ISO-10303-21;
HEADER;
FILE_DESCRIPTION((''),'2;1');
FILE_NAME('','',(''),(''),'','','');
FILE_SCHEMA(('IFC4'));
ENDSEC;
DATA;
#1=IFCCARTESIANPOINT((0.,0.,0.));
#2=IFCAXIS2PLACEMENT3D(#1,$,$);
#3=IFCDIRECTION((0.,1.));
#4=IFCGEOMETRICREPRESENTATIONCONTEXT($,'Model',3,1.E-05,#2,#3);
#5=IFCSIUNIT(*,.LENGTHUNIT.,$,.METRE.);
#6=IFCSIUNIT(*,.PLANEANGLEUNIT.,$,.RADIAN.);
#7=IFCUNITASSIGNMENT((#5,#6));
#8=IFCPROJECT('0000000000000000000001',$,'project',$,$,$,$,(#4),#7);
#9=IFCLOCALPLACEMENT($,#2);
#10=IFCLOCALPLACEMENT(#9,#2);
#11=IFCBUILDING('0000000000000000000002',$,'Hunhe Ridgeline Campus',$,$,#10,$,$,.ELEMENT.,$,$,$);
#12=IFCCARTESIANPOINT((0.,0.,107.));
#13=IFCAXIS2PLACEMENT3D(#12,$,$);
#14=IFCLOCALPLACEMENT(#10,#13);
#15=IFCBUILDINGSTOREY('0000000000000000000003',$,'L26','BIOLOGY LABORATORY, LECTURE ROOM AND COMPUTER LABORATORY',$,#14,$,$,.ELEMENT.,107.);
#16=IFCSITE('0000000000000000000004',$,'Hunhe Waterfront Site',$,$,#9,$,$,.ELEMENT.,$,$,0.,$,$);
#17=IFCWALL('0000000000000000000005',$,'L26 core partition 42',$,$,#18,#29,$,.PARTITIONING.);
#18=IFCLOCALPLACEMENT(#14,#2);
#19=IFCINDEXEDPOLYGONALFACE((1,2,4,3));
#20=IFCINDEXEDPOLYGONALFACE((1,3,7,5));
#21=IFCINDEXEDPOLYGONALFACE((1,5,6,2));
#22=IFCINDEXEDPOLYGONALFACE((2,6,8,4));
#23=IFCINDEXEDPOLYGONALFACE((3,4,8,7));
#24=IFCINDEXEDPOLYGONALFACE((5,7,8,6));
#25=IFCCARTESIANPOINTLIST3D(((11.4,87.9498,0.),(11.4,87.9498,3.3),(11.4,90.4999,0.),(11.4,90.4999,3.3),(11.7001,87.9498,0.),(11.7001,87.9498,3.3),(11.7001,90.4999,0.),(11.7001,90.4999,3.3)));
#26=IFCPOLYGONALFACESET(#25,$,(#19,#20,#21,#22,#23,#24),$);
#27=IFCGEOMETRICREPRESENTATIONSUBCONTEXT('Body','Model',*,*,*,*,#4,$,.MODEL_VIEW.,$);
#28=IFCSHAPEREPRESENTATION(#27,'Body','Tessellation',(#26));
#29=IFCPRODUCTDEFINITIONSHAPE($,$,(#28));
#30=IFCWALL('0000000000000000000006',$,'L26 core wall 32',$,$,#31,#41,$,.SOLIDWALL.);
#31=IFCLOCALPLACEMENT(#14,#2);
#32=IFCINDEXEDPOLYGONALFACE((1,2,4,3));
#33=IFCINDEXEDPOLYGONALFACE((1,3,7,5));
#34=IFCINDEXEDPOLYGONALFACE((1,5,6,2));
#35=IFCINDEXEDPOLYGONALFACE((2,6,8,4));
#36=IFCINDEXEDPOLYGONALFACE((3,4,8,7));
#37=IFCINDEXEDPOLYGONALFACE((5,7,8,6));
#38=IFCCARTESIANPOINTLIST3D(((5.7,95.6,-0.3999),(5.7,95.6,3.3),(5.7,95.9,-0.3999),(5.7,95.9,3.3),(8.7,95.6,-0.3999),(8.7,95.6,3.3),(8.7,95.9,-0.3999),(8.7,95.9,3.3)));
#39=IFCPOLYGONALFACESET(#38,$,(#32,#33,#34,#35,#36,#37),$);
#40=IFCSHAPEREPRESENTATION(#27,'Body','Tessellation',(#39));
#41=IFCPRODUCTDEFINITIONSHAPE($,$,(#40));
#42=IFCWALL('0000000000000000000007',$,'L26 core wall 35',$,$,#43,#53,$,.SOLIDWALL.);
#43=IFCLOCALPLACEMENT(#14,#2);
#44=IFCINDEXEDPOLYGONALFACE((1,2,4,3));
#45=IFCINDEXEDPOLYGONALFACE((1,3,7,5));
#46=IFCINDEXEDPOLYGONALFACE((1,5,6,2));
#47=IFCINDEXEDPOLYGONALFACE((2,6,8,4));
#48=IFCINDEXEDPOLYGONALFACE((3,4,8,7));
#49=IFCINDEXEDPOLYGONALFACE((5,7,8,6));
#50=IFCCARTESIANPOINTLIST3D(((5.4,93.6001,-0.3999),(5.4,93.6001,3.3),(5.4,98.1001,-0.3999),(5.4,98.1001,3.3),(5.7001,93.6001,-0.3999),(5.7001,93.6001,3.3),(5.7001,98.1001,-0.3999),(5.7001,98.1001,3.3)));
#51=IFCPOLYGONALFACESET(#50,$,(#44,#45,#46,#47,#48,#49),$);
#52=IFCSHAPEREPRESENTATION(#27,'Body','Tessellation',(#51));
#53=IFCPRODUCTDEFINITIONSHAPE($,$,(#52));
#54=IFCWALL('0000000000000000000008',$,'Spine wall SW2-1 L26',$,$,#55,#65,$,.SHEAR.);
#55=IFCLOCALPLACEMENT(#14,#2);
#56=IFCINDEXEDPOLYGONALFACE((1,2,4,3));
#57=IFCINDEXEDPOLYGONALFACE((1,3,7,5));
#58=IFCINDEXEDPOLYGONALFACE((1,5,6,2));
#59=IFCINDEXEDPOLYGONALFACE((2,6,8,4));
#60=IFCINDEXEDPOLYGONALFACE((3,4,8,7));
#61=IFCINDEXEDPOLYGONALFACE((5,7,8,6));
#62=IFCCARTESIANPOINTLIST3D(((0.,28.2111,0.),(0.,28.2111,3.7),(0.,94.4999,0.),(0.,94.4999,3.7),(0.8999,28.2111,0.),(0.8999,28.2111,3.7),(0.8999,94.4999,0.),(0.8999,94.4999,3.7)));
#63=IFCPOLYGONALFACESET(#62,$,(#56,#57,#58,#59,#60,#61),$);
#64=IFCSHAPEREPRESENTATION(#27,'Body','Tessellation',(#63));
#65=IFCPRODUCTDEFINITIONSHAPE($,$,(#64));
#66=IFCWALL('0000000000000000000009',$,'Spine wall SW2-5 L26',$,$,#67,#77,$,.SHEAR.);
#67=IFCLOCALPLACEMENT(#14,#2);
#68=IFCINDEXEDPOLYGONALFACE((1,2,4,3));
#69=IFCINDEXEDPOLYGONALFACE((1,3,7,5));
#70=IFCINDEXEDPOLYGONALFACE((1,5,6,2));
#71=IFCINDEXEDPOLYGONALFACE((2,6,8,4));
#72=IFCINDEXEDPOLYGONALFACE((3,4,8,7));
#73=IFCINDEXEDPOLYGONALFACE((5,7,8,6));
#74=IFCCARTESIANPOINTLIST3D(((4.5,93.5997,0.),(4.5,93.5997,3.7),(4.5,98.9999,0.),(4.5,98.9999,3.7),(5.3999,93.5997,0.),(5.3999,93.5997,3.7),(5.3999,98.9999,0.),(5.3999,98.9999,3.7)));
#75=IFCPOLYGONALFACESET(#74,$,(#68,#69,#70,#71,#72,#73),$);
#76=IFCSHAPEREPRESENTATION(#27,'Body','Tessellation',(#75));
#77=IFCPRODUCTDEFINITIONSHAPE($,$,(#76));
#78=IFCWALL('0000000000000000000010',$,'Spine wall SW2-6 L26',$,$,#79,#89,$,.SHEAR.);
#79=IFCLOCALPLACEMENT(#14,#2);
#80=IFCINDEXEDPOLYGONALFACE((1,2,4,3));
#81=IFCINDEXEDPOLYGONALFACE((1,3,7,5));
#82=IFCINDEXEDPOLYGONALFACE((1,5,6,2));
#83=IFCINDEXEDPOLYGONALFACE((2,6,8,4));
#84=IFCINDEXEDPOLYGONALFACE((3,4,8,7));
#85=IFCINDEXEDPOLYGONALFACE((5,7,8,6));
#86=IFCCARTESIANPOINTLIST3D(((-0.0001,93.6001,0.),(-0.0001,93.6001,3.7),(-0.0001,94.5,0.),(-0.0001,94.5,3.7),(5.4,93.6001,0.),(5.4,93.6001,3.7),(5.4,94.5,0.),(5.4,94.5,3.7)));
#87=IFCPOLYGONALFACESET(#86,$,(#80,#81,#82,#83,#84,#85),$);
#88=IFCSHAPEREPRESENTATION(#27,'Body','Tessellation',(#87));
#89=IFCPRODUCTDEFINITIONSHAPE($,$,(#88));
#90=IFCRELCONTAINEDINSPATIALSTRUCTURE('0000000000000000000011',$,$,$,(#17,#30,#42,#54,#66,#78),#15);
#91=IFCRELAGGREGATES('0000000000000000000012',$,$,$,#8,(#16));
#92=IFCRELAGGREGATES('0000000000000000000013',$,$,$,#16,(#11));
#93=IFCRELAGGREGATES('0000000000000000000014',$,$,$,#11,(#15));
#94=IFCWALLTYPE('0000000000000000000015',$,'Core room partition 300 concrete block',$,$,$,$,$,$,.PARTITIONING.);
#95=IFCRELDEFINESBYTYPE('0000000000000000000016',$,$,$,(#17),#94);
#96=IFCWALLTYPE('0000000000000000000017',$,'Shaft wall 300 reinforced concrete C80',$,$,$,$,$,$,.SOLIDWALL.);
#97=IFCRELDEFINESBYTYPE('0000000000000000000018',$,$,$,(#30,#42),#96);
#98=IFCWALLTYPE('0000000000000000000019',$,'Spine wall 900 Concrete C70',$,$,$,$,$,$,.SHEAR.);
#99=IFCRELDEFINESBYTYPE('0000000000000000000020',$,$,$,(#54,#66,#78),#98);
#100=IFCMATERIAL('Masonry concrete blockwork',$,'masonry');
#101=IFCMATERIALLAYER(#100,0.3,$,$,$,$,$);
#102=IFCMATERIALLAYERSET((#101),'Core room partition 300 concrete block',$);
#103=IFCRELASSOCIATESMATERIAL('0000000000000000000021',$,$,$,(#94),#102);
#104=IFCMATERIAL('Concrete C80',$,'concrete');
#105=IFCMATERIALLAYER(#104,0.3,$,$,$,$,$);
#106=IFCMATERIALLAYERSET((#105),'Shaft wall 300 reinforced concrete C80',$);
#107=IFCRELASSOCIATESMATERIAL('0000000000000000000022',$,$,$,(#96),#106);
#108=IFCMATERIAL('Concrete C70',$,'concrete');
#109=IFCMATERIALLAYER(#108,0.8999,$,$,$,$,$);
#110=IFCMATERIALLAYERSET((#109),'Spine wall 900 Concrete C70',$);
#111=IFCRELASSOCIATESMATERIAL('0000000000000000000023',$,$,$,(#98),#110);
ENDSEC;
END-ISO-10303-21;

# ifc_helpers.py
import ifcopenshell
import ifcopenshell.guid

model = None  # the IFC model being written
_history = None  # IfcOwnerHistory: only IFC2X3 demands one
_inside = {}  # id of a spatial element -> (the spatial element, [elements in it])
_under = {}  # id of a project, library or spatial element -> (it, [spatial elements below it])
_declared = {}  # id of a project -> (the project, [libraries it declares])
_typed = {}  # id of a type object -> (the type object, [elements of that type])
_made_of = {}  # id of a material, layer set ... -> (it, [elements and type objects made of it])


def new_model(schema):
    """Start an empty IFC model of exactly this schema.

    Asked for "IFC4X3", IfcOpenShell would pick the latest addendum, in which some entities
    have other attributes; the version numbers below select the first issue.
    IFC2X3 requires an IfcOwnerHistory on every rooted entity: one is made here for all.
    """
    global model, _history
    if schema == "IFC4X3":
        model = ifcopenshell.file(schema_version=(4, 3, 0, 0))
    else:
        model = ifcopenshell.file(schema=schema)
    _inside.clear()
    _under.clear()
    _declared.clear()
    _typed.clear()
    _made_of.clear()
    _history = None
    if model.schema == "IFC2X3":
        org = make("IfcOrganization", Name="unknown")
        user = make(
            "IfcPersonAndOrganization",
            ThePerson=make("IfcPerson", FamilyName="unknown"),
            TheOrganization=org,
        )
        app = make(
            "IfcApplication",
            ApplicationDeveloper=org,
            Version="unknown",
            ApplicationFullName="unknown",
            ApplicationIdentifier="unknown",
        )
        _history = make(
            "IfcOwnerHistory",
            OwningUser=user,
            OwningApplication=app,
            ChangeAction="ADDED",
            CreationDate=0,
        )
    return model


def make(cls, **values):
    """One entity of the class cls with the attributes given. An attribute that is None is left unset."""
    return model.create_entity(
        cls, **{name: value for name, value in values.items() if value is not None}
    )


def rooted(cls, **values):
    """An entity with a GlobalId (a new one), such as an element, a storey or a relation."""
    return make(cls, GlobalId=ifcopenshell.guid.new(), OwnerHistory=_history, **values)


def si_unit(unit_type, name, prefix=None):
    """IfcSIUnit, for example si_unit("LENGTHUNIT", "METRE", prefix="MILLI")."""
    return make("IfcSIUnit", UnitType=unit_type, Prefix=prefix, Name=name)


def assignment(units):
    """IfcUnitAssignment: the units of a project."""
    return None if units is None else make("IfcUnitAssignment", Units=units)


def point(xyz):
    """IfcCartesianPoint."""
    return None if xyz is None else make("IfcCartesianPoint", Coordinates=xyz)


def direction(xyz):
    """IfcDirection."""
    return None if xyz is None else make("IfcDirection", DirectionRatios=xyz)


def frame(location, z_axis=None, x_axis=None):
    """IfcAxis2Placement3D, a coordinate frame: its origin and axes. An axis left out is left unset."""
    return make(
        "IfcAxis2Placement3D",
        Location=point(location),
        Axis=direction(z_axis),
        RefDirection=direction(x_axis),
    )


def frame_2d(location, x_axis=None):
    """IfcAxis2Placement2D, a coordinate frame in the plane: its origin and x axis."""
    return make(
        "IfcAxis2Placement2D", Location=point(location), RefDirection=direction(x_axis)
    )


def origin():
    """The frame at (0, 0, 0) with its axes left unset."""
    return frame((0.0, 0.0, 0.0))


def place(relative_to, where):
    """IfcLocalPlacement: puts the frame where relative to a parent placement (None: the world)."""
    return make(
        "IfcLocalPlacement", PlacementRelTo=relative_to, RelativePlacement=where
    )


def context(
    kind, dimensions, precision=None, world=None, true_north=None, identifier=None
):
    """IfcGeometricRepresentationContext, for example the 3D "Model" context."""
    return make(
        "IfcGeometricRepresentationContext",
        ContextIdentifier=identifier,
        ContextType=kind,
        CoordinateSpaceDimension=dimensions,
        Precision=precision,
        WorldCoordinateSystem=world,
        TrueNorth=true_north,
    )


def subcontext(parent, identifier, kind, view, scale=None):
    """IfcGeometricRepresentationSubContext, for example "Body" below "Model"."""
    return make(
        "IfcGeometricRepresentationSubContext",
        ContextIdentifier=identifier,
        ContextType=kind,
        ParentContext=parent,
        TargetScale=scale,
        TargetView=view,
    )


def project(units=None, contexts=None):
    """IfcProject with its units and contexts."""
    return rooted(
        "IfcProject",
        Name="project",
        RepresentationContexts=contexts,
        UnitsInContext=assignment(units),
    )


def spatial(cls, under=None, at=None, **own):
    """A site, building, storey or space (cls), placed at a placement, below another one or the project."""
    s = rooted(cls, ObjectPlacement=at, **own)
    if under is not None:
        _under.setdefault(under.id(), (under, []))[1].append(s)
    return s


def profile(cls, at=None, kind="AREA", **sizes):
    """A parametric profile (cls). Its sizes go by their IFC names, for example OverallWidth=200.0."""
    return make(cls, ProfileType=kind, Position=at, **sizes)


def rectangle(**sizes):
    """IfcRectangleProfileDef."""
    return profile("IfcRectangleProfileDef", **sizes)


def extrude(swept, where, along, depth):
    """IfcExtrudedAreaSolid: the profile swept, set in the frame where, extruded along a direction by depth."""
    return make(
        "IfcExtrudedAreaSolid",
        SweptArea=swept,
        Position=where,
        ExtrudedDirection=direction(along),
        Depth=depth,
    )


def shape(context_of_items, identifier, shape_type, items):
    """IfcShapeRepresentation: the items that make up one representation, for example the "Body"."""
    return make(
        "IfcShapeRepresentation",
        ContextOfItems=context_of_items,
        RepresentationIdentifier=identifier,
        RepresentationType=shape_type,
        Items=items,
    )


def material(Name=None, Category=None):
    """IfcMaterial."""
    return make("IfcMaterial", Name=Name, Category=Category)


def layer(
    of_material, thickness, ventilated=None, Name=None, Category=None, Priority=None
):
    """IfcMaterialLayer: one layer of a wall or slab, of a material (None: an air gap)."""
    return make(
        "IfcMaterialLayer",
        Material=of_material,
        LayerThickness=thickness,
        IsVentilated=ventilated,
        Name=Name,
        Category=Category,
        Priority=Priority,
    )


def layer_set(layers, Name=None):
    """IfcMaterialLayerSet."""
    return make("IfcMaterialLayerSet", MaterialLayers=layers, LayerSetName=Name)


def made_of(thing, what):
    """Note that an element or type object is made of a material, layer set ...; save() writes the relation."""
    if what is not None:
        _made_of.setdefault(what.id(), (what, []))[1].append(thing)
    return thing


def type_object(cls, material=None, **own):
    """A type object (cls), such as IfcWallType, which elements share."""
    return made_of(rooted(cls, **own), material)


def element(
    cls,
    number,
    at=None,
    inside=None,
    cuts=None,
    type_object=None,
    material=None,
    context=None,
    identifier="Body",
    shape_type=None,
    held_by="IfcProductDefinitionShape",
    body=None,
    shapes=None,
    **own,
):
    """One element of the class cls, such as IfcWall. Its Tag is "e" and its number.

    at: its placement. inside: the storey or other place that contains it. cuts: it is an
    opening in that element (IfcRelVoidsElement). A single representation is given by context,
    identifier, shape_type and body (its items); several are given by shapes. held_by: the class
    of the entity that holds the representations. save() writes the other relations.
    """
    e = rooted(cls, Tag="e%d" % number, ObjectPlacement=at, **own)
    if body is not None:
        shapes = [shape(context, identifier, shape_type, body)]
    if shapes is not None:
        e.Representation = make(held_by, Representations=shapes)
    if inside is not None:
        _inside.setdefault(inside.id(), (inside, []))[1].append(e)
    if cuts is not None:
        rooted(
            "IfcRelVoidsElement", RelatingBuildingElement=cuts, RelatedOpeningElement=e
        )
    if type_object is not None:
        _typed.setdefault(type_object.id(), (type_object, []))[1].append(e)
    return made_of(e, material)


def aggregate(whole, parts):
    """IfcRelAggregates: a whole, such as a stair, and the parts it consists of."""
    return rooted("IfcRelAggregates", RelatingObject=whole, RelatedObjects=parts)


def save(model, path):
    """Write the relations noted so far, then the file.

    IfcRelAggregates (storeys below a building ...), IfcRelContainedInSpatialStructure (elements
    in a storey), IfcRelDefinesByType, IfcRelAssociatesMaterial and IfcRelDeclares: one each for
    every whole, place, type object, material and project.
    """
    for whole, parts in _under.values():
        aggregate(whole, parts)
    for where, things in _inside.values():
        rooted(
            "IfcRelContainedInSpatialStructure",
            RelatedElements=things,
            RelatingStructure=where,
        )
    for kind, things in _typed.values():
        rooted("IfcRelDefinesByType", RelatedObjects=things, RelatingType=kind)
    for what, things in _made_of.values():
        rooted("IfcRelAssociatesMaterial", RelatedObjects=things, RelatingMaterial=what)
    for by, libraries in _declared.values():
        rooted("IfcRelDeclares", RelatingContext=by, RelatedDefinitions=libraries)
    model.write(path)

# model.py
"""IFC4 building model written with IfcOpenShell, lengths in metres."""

from ifc_helpers import new_model, si_unit, direction, frame, frame_2d, origin, place, context, subcontext, project, spatial, rectangle, extrude, material, layer, layer_set, type_object, element, save


model = new_model("IFC4")

# Units and contexts
model_context = context("Model", 3, precision=1e-05, world=origin(), true_north=direction((0.0, 1.0)))
body_context = subcontext(model_context, "Body", "Model", "MODEL_VIEW")
ifc_project = project(units=[si_unit("LENGTHUNIT", "METRE"), si_unit("PLANEANGLEUNIT", "RADIAN")], contexts=[model_context])

# Site, building, storey
site_placement = place(None, origin())
site = spatial("IfcSite", under=ifc_project, at=site_placement, Name="Hunhe Waterfront Site", CompositionType="ELEMENT", RefElevation=0.0)
building_placement = place(site_placement, origin())
building = spatial("IfcBuilding", under=site, at=building_placement, Name="Hunhe Ridgeline Campus", CompositionType="ELEMENT")
storey_placement = place(building_placement, frame((0.0, 0.0, 107.0)))
storey = spatial("IfcBuildingStorey", under=building, at=storey_placement, Name="L26", Description="BIOLOGY LABORATORY, LECTURE ROOM AND COMPUTER LABORATORY", CompositionType="ELEMENT", Elevation=107.0)

# Wall
ifc_material_1 = material(Name="Masonry concrete blockwork", Category="masonry")
ifc_layer_1 = layer(ifc_material_1, 0.3)
ifc_layer_set_1 = layer_set([ifc_layer_1], Name="Core room partition 300 concrete block")
wall_type_1 = type_object("IfcWallType", Name="Core room partition 300 concrete block", PredefinedType="PARTITIONING", material=ifc_layer_set_1)
wall_1_placement = place(storey_placement, frame((11.55, 87.95, 0.0), z_axis=(0.0, 0.0, 1.0), x_axis=(0.0, 1.0, 0.0)))
element("IfcWall", 1, at=wall_1_placement, inside=storey, type_object=wall_type_1, Name="L26 core partition 42", PredefinedType="PARTITIONING", context=body_context, shape_type="SweptSolid", body=[
    extrude(rectangle(XDim=2.55, YDim=0.3, at=frame_2d((1.2749, 0.0))), origin(), (0.0, 0.0, 1.0), 3.3),
])

# Shared definitions
ifc_material_2 = material(Name="Concrete C80", Category="concrete")
ifc_layer_2 = layer(ifc_material_2, 0.3)
ifc_layer_set_2 = layer_set([ifc_layer_2], Name="Shaft wall 300 reinforced concrete C80")
wall_type_2 = type_object("IfcWallType", Name="Shaft wall 300 reinforced concrete C80", PredefinedType="SOLIDWALL", material=ifc_layer_set_2)

# Walls
wall_2_placement = place(storey_placement, frame((5.7, 95.75, -0.3999), z_axis=(0.0, 0.0, 1.0), x_axis=(1.0, 0.0, 0.0)))
element("IfcWall", 2, at=wall_2_placement, inside=storey, type_object=wall_type_2, Name="L26 core wall 32", PredefinedType="SOLIDWALL", context=body_context, shape_type="SweptSolid", body=[
    extrude(rectangle(XDim=3.0, YDim=0.3, at=frame_2d((1.5, 0.0))), origin(), (0.0, 0.0, 1.0), 3.7),
])
wall_3_placement = place(storey_placement, frame((5.55, 93.6001, -0.3999), z_axis=(0.0, 0.0, 1.0), x_axis=(0.0, 1.0, 0.0)))
element("IfcWall", 3, at=wall_3_placement, inside=storey, type_object=wall_type_2, Name="L26 core wall 35", PredefinedType="SOLIDWALL", context=body_context, shape_type="SweptSolid", body=[
    extrude(rectangle(XDim=4.5, YDim=0.3, at=frame_2d((2.25, 0.0))), origin(), (0.0, 0.0, 1.0), 3.7),
])

# Walls
ifc_material_3 = material(Name="Concrete C70", Category="concrete")
ifc_layer_3 = layer(ifc_material_3, 0.8999)
ifc_layer_set_3 = layer_set([ifc_layer_3], Name="Spine wall 900 Concrete C70")
wall_type_3 = type_object("IfcWallType", Name="Spine wall 900 Concrete C70", PredefinedType="SHEAR", material=ifc_layer_set_3)
wall_4_placement = place(storey_placement, frame((0.45, 94.5, 0.0), z_axis=(0.0, 0.0, 1.0), x_axis=(0.0, -1.0, 0.0)))
element("IfcWall", 4, at=wall_4_placement, inside=storey, type_object=wall_type_3, Name="Spine wall SW2-1 L26", PredefinedType="SHEAR", context=body_context, shape_type="SweptSolid", body=[
    extrude(rectangle(XDim=66.2888, YDim=0.8999, at=frame_2d((33.1445, 0.0))), origin(), (0.0, 0.0, 1.0), 3.7),
])
for number, where, z_axis, x_axis, name in (
    (5, (4.95, 99.0, 0.0), (0.0, 0.0, 1.0), (0.0, -1.0, 0.0), "Spine wall SW2-5 L26"),
    (6, (5.4001, 94.05, 0.0), (0.0, 0.0, 1.0), (-1.0, 0.0, 0.0), "Spine wall SW2-6 L26"),
):
    element("IfcWall", number, at=place(storey_placement, frame(where, z_axis=z_axis, x_axis=x_axis)), inside=storey, type_object=wall_type_3, Name=name, PredefinedType="SHEAR", context=body_context, shape_type="SweptSolid", body=[
        extrude(rectangle(XDim=5.4001, YDim=0.8999, at=frame_2d((2.7002, 0.0))), origin(), (0.0, 0.0, 1.0), 3.7),
    ])

save(model, "model.ifc")
